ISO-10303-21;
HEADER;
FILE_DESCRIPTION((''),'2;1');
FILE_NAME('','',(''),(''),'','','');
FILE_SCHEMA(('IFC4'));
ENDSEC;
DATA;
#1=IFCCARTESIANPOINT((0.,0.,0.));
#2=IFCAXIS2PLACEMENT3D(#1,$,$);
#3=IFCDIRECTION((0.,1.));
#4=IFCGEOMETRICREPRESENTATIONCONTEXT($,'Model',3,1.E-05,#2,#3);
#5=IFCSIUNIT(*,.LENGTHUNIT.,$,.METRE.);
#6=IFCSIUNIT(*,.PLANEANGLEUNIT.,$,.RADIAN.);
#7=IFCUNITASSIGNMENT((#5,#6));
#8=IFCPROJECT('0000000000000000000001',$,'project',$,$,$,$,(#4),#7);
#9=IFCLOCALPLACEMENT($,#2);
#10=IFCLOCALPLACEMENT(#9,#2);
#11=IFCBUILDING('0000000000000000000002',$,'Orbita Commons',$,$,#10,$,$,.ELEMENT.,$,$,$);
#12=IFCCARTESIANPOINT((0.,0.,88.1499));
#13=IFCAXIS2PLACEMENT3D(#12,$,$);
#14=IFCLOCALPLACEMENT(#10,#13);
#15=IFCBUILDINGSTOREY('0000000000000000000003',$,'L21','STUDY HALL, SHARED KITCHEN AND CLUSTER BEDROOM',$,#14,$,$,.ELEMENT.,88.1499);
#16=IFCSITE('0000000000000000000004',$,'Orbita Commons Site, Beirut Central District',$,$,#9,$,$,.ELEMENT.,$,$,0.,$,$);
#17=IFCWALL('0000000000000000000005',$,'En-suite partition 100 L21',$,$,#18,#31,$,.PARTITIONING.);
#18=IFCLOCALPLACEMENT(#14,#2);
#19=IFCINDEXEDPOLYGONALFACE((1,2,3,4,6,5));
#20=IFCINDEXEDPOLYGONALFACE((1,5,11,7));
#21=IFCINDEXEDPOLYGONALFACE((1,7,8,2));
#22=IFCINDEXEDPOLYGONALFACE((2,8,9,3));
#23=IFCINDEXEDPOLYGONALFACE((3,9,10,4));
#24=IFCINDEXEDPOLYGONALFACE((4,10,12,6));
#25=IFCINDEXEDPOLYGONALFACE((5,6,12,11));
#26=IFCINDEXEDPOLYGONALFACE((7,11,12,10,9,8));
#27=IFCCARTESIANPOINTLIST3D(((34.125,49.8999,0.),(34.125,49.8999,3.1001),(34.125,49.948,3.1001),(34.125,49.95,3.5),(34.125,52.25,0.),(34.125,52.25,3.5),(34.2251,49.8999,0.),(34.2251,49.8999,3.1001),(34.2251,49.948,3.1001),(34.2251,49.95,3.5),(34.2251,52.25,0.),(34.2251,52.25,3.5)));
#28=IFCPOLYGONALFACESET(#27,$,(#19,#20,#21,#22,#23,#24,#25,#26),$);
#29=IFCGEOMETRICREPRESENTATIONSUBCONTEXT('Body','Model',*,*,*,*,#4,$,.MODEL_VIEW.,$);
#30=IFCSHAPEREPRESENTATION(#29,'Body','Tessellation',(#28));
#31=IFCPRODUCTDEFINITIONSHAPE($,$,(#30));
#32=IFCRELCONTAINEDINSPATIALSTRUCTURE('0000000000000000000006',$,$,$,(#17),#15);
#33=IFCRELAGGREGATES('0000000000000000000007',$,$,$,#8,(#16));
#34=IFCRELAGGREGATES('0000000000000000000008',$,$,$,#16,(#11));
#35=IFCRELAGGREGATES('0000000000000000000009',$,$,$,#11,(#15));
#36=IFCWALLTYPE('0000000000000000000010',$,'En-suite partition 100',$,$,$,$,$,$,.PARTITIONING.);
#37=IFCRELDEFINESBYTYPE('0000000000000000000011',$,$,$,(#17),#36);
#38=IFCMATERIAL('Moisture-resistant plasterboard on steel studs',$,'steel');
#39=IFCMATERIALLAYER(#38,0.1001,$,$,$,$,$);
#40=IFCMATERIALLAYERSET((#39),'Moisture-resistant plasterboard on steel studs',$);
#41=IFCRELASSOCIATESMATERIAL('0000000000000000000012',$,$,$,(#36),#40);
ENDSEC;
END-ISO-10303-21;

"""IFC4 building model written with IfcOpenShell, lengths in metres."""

from ifc_helpers import new_model, si_unit, direction, frame, origin, place, context, subcontext, project, spatial, polyline, outline, extrude, material, layer, layer_set, type_object, element, save


model = new_model("IFC4")

# Units and contexts
model_context = context("Model", 3, precision=1e-05, world=origin(), true_north=direction((0.0, 1.0)))
body_context = subcontext(model_context, "Body", "Model", "MODEL_VIEW")
ifc_project = project(units=[si_unit("LENGTHUNIT", "METRE"), si_unit("PLANEANGLEUNIT", "RADIAN")], contexts=[model_context])

# Site, building, storey
site_placement = place(None, origin())
site = spatial("IfcSite", under=ifc_project, at=site_placement, Name="Orbita Commons Site, Beirut Central District", CompositionType="ELEMENT", RefElevation=0.0)
building_placement = place(site_placement, origin())
building = spatial("IfcBuilding", under=site, at=building_placement, Name="Orbita Commons", CompositionType="ELEMENT")
storey_placement = place(building_placement, frame((0.0, 0.0, 88.1499)))
storey = spatial("IfcBuildingStorey", under=building, at=storey_placement, Name="L21", Description="STUDY HALL, SHARED KITCHEN AND CLUSTER BEDROOM", CompositionType="ELEMENT", Elevation=88.1499)

# Shared definitions
ifc_material_1 = material(Name="Moisture-resistant plasterboard on steel studs", Category="steel")
ifc_layer_1 = layer(ifc_material_1, 0.1001)
ifc_layer_set_1 = layer_set([ifc_layer_1], Name="Moisture-resistant plasterboard on steel studs")
wall_type_1 = type_object("IfcWallType", Name="En-suite partition 100", PredefinedType="PARTITIONING", material=ifc_layer_set_1)

# Wall
for number, where, z_axis, x_axis, name in (
    (1, (34.175, 52.25, 0.0), (0.0, 0.0, 1.0), (0.0, -1.0, 0.0), "En-suite partition 100 L21"),
):
    element("IfcWall", number, at=place(storey_placement, frame(where, z_axis=z_axis, x_axis=x_axis)), inside=storey, type_object=wall_type_1, Name=name, PredefinedType="PARTITIONING", context=body_context, shape_type="SweptSolid", body=[
        extrude(outline(polyline([(0.0, 0.0), (2.3501, 0.0), (2.3501, 3.1001), (2.302, 3.1001), (2.3, 3.5), (0.0, 3.5), (0.0, 0.0)])), frame((0.0, 0.05, 0.0), z_axis=(0.0, -1.0, 0.0), x_axis=(1.0, 0.0, 0.0)), (0.0, 0.0, 1.0), 0.1001),
    ])

save(model, "model.ifc")
